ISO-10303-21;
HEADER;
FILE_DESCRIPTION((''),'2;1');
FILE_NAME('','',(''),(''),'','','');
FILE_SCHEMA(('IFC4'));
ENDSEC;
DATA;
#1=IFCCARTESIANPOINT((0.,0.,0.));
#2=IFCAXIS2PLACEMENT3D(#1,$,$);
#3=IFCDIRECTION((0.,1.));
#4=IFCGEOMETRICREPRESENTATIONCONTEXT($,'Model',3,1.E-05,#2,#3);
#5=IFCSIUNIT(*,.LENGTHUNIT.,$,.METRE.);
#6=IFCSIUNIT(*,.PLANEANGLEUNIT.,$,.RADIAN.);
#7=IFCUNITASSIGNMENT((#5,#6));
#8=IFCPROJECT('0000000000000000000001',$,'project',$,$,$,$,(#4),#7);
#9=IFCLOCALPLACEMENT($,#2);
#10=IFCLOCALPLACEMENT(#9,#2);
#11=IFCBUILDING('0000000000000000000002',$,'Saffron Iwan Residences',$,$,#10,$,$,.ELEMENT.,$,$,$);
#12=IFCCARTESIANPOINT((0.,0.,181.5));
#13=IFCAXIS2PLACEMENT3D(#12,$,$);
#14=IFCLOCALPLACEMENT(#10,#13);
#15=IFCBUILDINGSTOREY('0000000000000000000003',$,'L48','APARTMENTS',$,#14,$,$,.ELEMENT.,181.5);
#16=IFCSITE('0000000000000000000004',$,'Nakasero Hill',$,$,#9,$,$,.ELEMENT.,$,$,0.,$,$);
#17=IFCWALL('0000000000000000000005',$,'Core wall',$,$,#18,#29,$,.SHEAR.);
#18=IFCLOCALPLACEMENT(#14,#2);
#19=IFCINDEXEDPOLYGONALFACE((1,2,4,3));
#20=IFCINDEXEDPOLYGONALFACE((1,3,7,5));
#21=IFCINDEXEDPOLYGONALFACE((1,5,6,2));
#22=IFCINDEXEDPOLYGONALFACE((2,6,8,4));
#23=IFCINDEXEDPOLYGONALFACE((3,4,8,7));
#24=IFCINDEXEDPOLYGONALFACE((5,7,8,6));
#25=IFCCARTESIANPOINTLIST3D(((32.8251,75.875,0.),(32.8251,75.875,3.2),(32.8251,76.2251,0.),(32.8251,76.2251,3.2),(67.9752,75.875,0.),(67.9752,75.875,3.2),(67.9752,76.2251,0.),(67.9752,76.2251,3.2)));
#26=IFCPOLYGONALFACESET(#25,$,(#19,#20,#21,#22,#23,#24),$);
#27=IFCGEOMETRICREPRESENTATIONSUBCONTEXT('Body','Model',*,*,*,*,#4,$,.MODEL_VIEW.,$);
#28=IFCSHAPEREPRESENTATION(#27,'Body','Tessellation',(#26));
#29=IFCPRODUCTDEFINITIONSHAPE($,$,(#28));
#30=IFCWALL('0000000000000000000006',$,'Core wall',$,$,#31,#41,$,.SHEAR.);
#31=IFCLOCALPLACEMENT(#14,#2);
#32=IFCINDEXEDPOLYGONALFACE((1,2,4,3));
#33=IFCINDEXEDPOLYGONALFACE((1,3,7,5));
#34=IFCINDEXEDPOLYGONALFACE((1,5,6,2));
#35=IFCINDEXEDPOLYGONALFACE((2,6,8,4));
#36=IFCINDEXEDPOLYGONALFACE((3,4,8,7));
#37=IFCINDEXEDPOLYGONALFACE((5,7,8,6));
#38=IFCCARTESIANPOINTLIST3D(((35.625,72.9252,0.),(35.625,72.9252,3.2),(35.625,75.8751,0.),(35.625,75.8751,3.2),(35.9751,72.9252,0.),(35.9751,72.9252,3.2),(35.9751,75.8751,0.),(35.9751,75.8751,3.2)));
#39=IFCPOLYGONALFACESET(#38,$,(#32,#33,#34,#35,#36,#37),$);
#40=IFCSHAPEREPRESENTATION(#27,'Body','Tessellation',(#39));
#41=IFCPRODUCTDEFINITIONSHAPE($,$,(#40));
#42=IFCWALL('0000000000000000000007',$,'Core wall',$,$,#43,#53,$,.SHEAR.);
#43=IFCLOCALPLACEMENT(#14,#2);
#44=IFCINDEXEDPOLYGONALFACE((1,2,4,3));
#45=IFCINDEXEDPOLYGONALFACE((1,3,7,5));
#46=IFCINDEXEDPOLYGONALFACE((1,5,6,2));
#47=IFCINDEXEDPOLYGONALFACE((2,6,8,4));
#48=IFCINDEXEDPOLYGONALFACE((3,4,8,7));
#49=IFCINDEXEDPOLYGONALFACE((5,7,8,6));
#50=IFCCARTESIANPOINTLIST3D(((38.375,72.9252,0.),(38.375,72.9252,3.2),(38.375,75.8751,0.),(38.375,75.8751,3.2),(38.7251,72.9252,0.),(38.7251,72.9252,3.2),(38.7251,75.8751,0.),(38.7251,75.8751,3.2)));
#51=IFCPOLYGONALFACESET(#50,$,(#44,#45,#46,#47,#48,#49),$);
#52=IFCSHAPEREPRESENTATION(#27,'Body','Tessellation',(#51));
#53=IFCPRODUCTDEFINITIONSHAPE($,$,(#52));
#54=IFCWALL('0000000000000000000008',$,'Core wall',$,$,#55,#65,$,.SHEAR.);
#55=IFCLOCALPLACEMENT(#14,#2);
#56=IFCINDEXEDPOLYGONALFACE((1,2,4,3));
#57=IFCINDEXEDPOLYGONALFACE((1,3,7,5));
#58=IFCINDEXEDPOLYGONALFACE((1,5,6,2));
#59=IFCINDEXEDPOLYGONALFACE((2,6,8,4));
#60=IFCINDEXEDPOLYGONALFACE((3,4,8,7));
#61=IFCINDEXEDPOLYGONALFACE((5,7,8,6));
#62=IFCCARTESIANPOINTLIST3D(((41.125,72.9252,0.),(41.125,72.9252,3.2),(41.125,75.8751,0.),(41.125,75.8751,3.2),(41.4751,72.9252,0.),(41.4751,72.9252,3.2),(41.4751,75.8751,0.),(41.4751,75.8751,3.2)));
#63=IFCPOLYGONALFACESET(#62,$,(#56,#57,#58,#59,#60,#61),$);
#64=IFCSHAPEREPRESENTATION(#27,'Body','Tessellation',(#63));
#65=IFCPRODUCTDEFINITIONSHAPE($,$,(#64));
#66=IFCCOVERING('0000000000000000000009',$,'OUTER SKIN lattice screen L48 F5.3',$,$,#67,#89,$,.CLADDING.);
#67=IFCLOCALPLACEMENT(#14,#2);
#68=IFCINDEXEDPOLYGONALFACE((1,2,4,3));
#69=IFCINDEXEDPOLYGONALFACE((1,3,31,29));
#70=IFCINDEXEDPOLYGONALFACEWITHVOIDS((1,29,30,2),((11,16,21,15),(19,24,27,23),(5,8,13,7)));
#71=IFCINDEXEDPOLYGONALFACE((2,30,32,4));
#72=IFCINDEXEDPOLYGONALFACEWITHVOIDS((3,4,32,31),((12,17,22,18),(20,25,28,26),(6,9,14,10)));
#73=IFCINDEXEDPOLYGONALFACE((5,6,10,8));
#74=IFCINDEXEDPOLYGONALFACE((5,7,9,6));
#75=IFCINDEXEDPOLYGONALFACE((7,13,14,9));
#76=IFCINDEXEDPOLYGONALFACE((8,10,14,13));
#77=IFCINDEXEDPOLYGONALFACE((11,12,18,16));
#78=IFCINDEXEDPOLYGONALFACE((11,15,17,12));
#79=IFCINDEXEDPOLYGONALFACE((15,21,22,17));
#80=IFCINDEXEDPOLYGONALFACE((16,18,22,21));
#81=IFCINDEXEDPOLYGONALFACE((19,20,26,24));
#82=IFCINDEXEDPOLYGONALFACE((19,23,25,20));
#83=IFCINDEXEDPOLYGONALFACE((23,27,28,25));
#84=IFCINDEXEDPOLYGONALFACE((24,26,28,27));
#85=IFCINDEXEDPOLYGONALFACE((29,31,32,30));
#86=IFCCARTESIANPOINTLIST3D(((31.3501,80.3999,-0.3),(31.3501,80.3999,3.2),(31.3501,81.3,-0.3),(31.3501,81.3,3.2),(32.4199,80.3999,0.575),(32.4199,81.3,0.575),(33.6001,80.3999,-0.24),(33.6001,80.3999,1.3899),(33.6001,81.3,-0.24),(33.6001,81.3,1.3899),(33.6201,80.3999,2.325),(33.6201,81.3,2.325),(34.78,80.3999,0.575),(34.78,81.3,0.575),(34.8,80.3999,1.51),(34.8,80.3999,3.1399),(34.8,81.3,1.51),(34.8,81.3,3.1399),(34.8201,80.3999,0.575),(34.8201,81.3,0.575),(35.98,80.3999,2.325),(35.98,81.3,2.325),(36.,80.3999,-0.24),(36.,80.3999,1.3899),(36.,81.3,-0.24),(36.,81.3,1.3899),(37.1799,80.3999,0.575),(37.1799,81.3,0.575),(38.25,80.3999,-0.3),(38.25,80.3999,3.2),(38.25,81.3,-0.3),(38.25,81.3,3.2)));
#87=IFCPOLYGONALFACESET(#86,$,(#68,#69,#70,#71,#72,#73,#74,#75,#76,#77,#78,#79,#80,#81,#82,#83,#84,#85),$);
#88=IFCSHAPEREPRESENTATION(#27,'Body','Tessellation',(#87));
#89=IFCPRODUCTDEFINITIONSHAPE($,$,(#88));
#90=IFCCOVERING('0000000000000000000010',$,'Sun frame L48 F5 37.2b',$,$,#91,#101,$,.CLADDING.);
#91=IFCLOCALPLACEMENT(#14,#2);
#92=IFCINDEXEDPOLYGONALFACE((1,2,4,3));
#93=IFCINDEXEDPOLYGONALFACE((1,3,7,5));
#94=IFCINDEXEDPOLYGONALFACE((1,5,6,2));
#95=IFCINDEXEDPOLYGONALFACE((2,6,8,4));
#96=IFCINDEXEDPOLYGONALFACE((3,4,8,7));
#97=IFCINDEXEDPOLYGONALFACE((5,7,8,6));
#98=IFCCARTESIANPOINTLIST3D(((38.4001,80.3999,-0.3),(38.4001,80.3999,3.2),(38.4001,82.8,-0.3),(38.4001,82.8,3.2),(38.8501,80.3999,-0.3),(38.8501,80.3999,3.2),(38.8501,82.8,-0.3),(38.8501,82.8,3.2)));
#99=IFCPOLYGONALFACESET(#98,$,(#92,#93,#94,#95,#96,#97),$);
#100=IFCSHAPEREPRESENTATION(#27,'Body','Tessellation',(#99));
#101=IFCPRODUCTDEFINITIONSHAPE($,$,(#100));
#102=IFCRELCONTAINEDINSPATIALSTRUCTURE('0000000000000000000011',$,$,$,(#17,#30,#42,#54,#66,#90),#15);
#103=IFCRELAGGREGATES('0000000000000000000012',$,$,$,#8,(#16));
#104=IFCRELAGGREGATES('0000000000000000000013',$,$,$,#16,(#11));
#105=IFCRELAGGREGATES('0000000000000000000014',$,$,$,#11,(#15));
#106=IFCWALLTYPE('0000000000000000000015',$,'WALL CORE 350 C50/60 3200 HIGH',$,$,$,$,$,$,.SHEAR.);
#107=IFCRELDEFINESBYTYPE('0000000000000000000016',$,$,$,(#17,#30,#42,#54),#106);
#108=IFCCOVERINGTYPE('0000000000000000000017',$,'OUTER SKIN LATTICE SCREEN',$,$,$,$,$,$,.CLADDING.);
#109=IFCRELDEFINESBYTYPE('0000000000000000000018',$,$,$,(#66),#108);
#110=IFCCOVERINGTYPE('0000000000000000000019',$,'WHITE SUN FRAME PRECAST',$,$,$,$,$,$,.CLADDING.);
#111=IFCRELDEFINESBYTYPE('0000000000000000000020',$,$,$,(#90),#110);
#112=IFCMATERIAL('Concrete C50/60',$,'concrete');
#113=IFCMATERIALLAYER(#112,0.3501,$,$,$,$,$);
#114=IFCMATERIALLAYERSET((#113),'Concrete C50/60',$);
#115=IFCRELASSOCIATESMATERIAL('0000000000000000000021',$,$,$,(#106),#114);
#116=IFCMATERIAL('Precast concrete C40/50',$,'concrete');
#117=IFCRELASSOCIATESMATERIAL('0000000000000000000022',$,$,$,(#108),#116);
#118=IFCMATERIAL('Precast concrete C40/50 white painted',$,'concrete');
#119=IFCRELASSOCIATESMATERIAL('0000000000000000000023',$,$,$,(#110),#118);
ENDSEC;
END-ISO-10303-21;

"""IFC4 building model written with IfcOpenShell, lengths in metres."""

from ifc_helpers import new_model, si_unit, direction, frame, frame_2d, origin, place, context, subcontext, project, spatial, polyline, rectangle, outline, extrude, material, layer, layer_set, type_object, element, save


model = new_model("IFC4")

# Units and contexts
model_context = context("Model", 3, precision=1e-05, world=origin(), true_north=direction((0.0, 1.0)))
body_context = subcontext(model_context, "Body", "Model", "MODEL_VIEW")
ifc_project = project(units=[si_unit("LENGTHUNIT", "METRE"), si_unit("PLANEANGLEUNIT", "RADIAN")], contexts=[model_context])

# Site, building, storey
site_placement = place(None, origin())
site = spatial("IfcSite", under=ifc_project, at=site_placement, Name="Nakasero Hill", CompositionType="ELEMENT", RefElevation=0.0)
building_placement = place(site_placement, origin())
building = spatial("IfcBuilding", under=site, at=building_placement, Name="Saffron Iwan Residences", CompositionType="ELEMENT")
storey_placement = place(building_placement, frame((0.0, 0.0, 181.5)))
storey = spatial("IfcBuildingStorey", under=building, at=storey_placement, Name="L48", Description="APARTMENTS", CompositionType="ELEMENT", Elevation=181.5)

# Shared definitions
ifc_material_1 = material(Name="Concrete C50/60", Category="concrete")

# Shared definitions
ifc_layer_1 = layer(ifc_material_1, 0.3501)
ifc_layer_set_1 = layer_set([ifc_layer_1], Name="Concrete C50/60")
wall_type_1 = type_object("IfcWallType", Name="WALL CORE 350 C50/60 3200 HIGH", PredefinedType="SHEAR", material=ifc_layer_set_1)

# Walls
wall_1_placement = place(storey_placement, frame((32.825, 76.05, 0.0), z_axis=(0.0, 0.0, 1.0), x_axis=(1.0, 0.0, 0.0)))
element("IfcWall", 1, at=wall_1_placement, inside=storey, type_object=wall_type_1, Name="Core wall", PredefinedType="SHEAR", context=body_context, shape_type="SweptSolid", body=[
    extrude(rectangle(XDim=35.1501, YDim=0.3501, at=frame_2d((17.5752, 0.0))), origin(), (0.0, 0.0, 1.0), 3.2),
])
for number, where, z_axis, x_axis, name in (
    (2, (35.8, 72.925, 0.0), (0.0, 0.0, 1.0), (0.0, 1.0, 0.0), "Core wall"),
    (3, (38.55, 72.925, 0.0), (0.0, 0.0, 1.0), (0.0, 1.0, 0.0), "Core wall"),
    (4, (41.3, 72.925, 0.0), (0.0, 0.0, 1.0), (0.0, 1.0, 0.0), "Core wall"),
):
    element("IfcWall", number, at=place(storey_placement, frame(where, z_axis=z_axis, x_axis=x_axis)), inside=storey, type_object=wall_type_1, Name=name, PredefinedType="SHEAR", context=body_context, shape_type="SweptSolid", body=[
        extrude(rectangle(XDim=2.95, YDim=0.3501, at=frame_2d((1.4751, 0.0))), origin(), (0.0, 0.0, 1.0), 3.2),
    ])

# Coverings
ifc_material_2 = material(Name="Precast concrete C40/50", Category="concrete")
covering_type_1 = type_object("IfcCoveringType", Name="OUTER SKIN LATTICE SCREEN", PredefinedType="CLADDING", material=ifc_material_2)
covering_1_placement = place(storey_placement, frame((38.25, 80.3999, -0.3), z_axis=(0.0, 1.0, 0.0), x_axis=(-1.0, 0.0, 0.0)))
element("IfcCovering", 5, at=covering_1_placement, inside=storey, type_object=covering_type_1, Name="OUTER SKIN lattice screen L48 F5.3", PredefinedType="CLADDING", context=body_context, shape_type="SweptSolid", body=[
    extrude(outline(polyline([(0.0, 0.0), (6.8999, 0.0), (6.8999, 3.5), (0.0, 3.5), (0.0, 0.0)]), holes=[polyline([(1.0701, 0.875), (2.25, 0.0601), (3.4299, 0.875), (2.25, 1.6899), (1.0701, 0.875)]), polyline([(3.47, 0.875), (4.6499, 0.0601), (5.8301, 0.875), (4.6499, 1.6899), (3.47, 0.875)]), polyline([(2.27, 2.625), (3.45, 1.8101), (4.6299, 2.625), (3.45, 3.4399), (2.27, 2.625)])]), origin(), (0.0, 0.0, 1.0), 0.9001),
])
ifc_material_3 = material(Name="Precast concrete C40/50 white painted", Category="concrete")
covering_type_2 = type_object("IfcCoveringType", Name="WHITE SUN FRAME PRECAST", PredefinedType="CLADDING", material=ifc_material_3)
covering_2_placement = place(storey_placement, frame((38.8501, 80.3999, -0.3), z_axis=(0.0, 1.0, 0.0), x_axis=(-1.0, 0.0, 0.0)))
element("IfcCovering", 6, at=covering_2_placement, inside=storey, type_object=covering_type_2, Name="Sun frame L48 F5 37.2b", PredefinedType="CLADDING", context=body_context, shape_type="SweptSolid", body=[
    extrude(outline(polyline([(0.0, 0.0), (0.45, 0.0), (0.45, 3.5), (0.0, 3.5), (0.0, 0.0)])), origin(), (0.0, 0.0, 1.0), 2.4001),
])

save(model, "model.ifc")
